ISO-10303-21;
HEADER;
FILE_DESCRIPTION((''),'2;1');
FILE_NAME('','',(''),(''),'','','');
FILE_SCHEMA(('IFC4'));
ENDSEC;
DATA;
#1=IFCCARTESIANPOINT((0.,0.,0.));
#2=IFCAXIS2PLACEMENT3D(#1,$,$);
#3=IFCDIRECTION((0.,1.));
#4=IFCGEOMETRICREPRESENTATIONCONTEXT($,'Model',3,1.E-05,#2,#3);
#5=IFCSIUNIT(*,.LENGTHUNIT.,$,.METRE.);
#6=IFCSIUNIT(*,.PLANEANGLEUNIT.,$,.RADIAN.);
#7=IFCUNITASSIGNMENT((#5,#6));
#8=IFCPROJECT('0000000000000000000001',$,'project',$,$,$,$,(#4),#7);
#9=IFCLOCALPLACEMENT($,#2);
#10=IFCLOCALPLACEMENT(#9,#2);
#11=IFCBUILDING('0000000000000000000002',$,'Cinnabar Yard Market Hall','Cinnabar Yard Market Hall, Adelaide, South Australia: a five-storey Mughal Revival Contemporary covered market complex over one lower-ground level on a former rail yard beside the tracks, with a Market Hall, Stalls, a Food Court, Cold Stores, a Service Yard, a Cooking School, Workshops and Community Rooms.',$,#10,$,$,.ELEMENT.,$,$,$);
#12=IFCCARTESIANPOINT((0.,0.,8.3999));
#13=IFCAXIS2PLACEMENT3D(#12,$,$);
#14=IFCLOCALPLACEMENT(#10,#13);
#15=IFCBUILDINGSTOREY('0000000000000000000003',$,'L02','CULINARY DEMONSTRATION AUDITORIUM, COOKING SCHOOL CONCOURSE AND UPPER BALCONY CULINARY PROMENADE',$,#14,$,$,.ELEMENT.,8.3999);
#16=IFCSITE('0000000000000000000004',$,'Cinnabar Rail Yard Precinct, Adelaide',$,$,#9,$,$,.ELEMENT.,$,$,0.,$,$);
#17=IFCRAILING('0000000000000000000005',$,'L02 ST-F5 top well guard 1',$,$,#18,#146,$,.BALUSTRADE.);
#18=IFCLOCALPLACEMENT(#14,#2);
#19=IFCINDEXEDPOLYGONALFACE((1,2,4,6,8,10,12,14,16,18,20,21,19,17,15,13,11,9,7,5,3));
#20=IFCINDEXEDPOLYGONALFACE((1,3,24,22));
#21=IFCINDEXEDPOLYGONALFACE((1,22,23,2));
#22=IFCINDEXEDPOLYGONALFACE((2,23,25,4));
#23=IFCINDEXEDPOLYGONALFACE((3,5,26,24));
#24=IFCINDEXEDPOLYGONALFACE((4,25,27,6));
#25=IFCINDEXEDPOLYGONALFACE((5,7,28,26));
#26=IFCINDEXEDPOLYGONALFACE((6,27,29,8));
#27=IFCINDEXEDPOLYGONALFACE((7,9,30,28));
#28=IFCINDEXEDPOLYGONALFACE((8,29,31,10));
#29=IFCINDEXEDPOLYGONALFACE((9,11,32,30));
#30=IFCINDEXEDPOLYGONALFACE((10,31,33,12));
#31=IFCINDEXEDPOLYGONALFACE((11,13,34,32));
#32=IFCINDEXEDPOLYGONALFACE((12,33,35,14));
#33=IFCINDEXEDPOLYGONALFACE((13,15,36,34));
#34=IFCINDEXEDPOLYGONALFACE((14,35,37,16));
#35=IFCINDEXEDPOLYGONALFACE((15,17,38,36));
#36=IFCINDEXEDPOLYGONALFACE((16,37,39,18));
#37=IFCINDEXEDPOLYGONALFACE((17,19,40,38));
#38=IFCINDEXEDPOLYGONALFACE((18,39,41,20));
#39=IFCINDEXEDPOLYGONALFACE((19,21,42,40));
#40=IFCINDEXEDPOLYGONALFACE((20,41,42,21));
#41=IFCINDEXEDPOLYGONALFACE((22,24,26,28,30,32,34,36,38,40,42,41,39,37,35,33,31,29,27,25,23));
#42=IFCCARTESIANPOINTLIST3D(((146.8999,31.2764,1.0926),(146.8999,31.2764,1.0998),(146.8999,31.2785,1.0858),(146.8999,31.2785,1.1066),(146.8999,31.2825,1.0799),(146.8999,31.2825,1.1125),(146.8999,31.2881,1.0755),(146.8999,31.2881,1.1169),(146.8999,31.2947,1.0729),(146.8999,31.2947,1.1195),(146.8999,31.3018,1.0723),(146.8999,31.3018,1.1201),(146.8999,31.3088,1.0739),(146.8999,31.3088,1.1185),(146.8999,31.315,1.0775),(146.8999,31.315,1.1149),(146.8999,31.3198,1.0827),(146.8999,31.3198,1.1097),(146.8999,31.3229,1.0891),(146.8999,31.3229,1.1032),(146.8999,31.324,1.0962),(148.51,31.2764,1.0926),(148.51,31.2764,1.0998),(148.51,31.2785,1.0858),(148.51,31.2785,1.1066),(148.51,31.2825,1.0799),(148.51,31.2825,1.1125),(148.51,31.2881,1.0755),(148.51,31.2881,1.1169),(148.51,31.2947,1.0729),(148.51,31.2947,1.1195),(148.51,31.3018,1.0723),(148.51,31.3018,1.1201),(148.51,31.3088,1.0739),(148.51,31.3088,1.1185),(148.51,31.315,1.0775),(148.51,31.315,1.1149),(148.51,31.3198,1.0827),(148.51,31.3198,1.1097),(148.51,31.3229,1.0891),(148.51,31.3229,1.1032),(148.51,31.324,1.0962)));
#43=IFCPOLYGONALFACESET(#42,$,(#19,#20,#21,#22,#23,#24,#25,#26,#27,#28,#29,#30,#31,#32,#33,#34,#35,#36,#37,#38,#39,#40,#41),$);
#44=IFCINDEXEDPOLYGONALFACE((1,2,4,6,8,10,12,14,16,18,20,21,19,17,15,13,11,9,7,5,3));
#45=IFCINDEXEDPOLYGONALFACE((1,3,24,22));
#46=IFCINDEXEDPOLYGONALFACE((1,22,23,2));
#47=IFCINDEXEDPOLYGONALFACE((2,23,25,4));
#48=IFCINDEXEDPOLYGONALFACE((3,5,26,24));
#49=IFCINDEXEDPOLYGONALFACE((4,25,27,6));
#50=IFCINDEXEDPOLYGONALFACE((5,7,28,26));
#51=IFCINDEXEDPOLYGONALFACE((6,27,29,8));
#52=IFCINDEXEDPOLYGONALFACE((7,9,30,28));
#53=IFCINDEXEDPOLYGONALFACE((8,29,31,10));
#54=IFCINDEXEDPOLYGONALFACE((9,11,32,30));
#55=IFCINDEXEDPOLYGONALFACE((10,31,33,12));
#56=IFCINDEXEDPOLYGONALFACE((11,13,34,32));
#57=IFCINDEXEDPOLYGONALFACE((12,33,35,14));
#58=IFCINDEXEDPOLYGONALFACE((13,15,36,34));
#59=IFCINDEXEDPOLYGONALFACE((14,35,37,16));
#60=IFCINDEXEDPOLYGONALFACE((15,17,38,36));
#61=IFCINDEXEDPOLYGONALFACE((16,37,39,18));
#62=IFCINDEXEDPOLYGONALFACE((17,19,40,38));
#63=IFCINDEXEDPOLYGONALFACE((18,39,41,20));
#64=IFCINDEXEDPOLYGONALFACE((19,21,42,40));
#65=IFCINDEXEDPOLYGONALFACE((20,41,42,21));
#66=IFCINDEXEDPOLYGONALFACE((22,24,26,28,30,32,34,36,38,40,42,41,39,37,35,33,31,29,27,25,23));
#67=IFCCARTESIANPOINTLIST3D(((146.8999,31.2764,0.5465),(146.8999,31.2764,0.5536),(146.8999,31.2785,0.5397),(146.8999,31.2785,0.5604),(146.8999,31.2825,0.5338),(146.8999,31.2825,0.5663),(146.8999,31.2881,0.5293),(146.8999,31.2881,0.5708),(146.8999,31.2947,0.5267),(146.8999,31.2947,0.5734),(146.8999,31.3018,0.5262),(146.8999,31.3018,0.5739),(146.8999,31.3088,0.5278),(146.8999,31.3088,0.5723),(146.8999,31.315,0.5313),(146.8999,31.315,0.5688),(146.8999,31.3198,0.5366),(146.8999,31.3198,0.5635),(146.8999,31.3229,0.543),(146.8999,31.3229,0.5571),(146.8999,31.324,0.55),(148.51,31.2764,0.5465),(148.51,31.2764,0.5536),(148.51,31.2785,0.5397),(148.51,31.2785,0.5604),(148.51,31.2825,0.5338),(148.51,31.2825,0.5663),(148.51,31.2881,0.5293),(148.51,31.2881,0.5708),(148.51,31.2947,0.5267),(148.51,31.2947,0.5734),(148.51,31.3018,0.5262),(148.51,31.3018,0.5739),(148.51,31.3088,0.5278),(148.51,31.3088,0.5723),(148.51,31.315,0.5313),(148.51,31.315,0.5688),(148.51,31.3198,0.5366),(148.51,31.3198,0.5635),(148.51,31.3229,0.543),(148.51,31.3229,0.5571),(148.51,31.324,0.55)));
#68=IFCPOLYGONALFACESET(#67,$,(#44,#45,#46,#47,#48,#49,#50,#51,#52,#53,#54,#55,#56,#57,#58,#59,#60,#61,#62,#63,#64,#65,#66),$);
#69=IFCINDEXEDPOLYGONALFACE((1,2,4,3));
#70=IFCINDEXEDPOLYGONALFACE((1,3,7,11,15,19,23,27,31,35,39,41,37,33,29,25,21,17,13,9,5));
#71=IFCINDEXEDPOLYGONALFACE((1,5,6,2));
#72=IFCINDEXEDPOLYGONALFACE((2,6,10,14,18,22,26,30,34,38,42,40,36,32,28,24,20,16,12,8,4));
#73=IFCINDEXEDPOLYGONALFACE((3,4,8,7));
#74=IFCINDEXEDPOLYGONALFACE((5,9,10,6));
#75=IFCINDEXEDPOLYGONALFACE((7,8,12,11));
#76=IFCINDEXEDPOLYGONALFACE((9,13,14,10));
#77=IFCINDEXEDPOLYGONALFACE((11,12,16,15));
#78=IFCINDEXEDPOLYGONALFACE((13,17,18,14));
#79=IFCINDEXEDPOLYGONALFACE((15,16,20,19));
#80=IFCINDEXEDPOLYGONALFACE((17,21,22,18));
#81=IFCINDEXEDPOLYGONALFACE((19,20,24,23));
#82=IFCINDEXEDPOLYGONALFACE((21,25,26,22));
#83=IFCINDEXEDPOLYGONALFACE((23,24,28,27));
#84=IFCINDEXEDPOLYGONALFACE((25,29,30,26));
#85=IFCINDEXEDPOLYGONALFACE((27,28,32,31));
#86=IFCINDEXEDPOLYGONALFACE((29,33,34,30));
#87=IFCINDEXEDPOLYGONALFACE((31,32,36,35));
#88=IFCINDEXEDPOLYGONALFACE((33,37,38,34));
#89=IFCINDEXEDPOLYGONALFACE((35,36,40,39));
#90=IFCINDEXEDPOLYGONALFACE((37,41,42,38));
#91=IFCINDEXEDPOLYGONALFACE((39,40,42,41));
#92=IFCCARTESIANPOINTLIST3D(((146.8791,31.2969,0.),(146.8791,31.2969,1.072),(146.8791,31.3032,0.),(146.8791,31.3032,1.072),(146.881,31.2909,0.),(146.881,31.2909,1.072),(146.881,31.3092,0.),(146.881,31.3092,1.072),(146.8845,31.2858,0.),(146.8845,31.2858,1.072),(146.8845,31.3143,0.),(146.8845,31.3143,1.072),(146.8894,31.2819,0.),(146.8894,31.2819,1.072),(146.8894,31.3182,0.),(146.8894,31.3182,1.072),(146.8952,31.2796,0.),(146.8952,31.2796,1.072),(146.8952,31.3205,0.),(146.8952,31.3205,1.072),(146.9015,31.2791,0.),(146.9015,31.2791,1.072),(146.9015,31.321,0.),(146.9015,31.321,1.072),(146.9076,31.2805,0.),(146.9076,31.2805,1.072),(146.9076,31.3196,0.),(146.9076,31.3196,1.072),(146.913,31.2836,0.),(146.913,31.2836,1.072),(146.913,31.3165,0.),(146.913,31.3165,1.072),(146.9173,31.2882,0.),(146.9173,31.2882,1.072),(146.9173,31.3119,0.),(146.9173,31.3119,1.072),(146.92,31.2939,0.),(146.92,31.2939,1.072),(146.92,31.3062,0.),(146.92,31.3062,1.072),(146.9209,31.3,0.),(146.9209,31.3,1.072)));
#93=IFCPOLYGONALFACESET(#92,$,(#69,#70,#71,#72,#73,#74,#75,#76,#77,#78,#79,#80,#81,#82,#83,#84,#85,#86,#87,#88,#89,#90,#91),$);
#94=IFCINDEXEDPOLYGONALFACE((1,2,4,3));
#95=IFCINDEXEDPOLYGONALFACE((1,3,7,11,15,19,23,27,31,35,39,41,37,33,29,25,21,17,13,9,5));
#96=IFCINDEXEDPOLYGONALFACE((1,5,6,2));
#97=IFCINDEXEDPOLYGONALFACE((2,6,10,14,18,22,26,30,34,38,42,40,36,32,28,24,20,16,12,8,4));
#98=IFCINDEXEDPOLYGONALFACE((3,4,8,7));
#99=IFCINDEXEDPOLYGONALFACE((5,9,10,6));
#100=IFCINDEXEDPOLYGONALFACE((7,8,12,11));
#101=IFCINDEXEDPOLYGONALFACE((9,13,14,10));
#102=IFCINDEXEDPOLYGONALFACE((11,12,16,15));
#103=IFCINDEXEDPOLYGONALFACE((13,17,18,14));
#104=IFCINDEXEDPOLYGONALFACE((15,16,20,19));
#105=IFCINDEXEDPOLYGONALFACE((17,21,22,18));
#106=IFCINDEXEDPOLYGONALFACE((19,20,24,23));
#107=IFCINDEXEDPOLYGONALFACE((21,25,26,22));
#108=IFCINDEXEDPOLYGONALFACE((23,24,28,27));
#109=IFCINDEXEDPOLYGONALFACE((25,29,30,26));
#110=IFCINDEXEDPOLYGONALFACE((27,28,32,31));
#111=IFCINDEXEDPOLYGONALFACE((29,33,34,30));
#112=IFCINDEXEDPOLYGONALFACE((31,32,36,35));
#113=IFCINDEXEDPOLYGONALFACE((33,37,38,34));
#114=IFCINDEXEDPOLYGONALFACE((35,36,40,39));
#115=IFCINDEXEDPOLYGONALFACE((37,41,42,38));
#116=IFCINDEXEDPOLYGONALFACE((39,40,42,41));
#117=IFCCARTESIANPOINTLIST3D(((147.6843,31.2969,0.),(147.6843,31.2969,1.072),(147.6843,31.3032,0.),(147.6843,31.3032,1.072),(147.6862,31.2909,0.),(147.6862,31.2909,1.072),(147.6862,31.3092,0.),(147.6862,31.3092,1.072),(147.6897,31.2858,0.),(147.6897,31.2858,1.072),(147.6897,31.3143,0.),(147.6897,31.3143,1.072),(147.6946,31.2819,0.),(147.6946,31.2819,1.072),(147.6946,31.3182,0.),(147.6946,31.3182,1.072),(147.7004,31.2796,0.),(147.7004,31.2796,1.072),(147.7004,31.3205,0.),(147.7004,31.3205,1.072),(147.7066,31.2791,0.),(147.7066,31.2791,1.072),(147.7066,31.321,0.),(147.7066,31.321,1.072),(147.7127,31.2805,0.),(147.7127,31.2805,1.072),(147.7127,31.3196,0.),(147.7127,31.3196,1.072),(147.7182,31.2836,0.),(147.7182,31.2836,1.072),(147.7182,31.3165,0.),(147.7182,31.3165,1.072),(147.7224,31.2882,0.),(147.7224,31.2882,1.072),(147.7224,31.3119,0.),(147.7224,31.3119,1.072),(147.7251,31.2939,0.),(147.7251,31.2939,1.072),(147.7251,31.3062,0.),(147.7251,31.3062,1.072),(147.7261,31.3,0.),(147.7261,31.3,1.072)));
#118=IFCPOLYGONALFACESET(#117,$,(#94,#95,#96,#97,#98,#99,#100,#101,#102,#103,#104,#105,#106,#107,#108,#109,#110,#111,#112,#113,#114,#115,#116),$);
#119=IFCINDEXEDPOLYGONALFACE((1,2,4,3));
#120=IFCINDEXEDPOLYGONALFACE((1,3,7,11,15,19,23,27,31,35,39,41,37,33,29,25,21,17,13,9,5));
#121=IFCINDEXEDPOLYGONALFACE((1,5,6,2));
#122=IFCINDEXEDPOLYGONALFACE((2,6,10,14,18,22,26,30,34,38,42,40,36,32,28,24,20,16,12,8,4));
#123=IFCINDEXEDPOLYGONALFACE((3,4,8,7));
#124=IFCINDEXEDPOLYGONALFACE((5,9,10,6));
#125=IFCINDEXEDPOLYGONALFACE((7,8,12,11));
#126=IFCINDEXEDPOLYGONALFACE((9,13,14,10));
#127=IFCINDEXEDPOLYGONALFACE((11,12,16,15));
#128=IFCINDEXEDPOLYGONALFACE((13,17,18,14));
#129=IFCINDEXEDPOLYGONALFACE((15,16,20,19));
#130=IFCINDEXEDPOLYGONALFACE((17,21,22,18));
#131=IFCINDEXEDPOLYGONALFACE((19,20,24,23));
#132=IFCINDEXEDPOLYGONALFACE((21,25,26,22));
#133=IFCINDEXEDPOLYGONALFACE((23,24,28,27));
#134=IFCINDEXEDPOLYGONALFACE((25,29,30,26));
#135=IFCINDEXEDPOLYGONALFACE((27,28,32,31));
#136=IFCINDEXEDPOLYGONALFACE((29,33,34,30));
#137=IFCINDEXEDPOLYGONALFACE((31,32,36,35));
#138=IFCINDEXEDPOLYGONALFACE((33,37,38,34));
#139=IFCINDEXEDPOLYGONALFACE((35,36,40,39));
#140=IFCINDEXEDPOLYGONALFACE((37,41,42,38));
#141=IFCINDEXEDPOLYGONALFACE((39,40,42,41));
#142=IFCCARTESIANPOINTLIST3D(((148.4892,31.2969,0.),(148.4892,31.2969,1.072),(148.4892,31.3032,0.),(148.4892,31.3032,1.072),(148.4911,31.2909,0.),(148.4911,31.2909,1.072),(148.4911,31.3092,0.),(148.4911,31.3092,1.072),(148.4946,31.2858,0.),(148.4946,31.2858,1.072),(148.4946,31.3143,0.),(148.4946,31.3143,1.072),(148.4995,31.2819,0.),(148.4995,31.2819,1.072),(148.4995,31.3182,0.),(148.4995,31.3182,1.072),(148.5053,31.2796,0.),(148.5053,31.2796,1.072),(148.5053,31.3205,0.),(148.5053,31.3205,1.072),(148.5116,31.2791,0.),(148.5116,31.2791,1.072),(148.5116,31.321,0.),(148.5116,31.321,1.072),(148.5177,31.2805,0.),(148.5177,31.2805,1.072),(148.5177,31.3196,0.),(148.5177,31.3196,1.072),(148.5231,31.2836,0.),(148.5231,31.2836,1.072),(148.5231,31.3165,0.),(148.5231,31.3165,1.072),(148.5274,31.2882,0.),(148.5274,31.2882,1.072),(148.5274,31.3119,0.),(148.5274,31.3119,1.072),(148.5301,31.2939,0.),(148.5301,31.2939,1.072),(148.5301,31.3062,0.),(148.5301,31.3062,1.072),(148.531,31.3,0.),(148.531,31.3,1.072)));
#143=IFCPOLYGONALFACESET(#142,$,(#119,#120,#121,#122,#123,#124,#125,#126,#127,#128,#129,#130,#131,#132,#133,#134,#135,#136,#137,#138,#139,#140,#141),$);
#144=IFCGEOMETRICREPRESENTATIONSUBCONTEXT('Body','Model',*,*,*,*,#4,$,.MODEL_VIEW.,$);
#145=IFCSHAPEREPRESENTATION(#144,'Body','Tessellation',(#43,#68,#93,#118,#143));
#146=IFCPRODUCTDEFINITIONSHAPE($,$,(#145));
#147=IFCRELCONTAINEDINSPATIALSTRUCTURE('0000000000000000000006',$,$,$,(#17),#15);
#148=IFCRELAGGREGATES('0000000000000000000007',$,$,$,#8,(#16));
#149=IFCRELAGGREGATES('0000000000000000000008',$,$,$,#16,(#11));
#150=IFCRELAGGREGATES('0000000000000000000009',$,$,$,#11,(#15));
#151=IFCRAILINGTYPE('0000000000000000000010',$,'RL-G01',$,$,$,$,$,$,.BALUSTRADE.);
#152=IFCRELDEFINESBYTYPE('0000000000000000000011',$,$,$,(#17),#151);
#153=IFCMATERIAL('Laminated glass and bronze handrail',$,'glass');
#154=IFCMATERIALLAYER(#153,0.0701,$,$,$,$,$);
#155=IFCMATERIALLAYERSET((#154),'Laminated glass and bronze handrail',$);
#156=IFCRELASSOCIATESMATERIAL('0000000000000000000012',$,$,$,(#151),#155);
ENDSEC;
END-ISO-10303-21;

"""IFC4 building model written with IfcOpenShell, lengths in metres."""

from ifc_helpers import new_model, si_unit, direction, frame, origin, origin_2d_with_axis, place, context, subcontext, project, spatial, circle, extrude, material, layer, layer_set, type_object, element, save


model = new_model("IFC4")

# Units and contexts
model_context = context("Model", 3, precision=1e-05, world=origin(), true_north=direction((0.0, 1.0)))
body_context = subcontext(model_context, "Body", "Model", "MODEL_VIEW")
ifc_project = project(units=[si_unit("LENGTHUNIT", "METRE"), si_unit("PLANEANGLEUNIT", "RADIAN")], contexts=[model_context])

# Site, building, storey
site_placement = place(None, origin())
site = spatial("IfcSite", under=ifc_project, at=site_placement, Name="Cinnabar Rail Yard Precinct, Adelaide", CompositionType="ELEMENT", RefElevation=0.0)
building_placement = place(site_placement, origin())
building = spatial("IfcBuilding", under=site, at=building_placement, Name="Cinnabar Yard Market Hall", Description="Cinnabar Yard Market Hall, Adelaide, South Australia: a five-storey Mughal Revival Contemporary covered market complex over one lower-ground level on a former rail yard beside the tracks, with a Market Hall, Stalls, a Food Court, Cold Stores, a Service Yard, a Cooking School, Workshops and Community Rooms.", CompositionType="ELEMENT")
storey_placement = place(building_placement, frame((0.0, 0.0, 8.3999)))
storey = spatial("IfcBuildingStorey", under=building, at=storey_placement, Name="L02", Description="CULINARY DEMONSTRATION AUDITORIUM, COOKING SCHOOL CONCOURSE AND UPPER BALCONY CULINARY PROMENADE", CompositionType="ELEMENT", Elevation=8.3999)

# Railing
ifc_material_1 = material(Name="Laminated glass and bronze handrail", Category="glass")
ifc_layer_1 = layer(ifc_material_1, 0.0701)
ifc_layer_set_1 = layer_set([ifc_layer_1], Name="Laminated glass and bronze handrail")
railing_type = type_object("IfcRailingType", Name="RL-G01", PredefinedType="BALUSTRADE", material=ifc_layer_set_1)
for number, where, name in (
    (1, (146.8999, 31.3, 0.0), "L02 ST-F5 top well guard 1"),
):
    element("IfcRailing", number, at=place(storey_placement, frame(where)), inside=storey, type_object=railing_type, Name=name, PredefinedType="BALUSTRADE", context=body_context, shape_type="SweptSolid", body=[
        extrude(circle(Radius=0.0239, at=origin_2d_with_axis()), frame((0.0, 0.0, 1.0962), z_axis=(1.0, 0.0, 0.0), x_axis=(0.0, 1.0, 0.0)), (0.0, 0.0, 1.0), 1.6101),
        extrude(circle(Radius=0.0239, at=origin_2d_with_axis()), frame((0.0, 0.0, 0.55), z_axis=(1.0, 0.0, 0.0), x_axis=(0.0, 1.0, 0.0)), (0.0, 0.0, 1.0), 1.6101),
        extrude(circle(Radius=0.021, at=origin_2d_with_axis()), origin(), (0.0, 0.0, 1.0), 1.072),
        extrude(circle(Radius=0.021, at=origin_2d_with_axis()), frame((0.8052, 0.0, 0.0)), (0.0, 0.0, 1.0), 1.072),
        extrude(circle(Radius=0.021, at=origin_2d_with_axis()), frame((1.6101, 0.0, 0.0)), (0.0, 0.0, 1.0), 1.072),
    ])

save(model, "model.ifc")
